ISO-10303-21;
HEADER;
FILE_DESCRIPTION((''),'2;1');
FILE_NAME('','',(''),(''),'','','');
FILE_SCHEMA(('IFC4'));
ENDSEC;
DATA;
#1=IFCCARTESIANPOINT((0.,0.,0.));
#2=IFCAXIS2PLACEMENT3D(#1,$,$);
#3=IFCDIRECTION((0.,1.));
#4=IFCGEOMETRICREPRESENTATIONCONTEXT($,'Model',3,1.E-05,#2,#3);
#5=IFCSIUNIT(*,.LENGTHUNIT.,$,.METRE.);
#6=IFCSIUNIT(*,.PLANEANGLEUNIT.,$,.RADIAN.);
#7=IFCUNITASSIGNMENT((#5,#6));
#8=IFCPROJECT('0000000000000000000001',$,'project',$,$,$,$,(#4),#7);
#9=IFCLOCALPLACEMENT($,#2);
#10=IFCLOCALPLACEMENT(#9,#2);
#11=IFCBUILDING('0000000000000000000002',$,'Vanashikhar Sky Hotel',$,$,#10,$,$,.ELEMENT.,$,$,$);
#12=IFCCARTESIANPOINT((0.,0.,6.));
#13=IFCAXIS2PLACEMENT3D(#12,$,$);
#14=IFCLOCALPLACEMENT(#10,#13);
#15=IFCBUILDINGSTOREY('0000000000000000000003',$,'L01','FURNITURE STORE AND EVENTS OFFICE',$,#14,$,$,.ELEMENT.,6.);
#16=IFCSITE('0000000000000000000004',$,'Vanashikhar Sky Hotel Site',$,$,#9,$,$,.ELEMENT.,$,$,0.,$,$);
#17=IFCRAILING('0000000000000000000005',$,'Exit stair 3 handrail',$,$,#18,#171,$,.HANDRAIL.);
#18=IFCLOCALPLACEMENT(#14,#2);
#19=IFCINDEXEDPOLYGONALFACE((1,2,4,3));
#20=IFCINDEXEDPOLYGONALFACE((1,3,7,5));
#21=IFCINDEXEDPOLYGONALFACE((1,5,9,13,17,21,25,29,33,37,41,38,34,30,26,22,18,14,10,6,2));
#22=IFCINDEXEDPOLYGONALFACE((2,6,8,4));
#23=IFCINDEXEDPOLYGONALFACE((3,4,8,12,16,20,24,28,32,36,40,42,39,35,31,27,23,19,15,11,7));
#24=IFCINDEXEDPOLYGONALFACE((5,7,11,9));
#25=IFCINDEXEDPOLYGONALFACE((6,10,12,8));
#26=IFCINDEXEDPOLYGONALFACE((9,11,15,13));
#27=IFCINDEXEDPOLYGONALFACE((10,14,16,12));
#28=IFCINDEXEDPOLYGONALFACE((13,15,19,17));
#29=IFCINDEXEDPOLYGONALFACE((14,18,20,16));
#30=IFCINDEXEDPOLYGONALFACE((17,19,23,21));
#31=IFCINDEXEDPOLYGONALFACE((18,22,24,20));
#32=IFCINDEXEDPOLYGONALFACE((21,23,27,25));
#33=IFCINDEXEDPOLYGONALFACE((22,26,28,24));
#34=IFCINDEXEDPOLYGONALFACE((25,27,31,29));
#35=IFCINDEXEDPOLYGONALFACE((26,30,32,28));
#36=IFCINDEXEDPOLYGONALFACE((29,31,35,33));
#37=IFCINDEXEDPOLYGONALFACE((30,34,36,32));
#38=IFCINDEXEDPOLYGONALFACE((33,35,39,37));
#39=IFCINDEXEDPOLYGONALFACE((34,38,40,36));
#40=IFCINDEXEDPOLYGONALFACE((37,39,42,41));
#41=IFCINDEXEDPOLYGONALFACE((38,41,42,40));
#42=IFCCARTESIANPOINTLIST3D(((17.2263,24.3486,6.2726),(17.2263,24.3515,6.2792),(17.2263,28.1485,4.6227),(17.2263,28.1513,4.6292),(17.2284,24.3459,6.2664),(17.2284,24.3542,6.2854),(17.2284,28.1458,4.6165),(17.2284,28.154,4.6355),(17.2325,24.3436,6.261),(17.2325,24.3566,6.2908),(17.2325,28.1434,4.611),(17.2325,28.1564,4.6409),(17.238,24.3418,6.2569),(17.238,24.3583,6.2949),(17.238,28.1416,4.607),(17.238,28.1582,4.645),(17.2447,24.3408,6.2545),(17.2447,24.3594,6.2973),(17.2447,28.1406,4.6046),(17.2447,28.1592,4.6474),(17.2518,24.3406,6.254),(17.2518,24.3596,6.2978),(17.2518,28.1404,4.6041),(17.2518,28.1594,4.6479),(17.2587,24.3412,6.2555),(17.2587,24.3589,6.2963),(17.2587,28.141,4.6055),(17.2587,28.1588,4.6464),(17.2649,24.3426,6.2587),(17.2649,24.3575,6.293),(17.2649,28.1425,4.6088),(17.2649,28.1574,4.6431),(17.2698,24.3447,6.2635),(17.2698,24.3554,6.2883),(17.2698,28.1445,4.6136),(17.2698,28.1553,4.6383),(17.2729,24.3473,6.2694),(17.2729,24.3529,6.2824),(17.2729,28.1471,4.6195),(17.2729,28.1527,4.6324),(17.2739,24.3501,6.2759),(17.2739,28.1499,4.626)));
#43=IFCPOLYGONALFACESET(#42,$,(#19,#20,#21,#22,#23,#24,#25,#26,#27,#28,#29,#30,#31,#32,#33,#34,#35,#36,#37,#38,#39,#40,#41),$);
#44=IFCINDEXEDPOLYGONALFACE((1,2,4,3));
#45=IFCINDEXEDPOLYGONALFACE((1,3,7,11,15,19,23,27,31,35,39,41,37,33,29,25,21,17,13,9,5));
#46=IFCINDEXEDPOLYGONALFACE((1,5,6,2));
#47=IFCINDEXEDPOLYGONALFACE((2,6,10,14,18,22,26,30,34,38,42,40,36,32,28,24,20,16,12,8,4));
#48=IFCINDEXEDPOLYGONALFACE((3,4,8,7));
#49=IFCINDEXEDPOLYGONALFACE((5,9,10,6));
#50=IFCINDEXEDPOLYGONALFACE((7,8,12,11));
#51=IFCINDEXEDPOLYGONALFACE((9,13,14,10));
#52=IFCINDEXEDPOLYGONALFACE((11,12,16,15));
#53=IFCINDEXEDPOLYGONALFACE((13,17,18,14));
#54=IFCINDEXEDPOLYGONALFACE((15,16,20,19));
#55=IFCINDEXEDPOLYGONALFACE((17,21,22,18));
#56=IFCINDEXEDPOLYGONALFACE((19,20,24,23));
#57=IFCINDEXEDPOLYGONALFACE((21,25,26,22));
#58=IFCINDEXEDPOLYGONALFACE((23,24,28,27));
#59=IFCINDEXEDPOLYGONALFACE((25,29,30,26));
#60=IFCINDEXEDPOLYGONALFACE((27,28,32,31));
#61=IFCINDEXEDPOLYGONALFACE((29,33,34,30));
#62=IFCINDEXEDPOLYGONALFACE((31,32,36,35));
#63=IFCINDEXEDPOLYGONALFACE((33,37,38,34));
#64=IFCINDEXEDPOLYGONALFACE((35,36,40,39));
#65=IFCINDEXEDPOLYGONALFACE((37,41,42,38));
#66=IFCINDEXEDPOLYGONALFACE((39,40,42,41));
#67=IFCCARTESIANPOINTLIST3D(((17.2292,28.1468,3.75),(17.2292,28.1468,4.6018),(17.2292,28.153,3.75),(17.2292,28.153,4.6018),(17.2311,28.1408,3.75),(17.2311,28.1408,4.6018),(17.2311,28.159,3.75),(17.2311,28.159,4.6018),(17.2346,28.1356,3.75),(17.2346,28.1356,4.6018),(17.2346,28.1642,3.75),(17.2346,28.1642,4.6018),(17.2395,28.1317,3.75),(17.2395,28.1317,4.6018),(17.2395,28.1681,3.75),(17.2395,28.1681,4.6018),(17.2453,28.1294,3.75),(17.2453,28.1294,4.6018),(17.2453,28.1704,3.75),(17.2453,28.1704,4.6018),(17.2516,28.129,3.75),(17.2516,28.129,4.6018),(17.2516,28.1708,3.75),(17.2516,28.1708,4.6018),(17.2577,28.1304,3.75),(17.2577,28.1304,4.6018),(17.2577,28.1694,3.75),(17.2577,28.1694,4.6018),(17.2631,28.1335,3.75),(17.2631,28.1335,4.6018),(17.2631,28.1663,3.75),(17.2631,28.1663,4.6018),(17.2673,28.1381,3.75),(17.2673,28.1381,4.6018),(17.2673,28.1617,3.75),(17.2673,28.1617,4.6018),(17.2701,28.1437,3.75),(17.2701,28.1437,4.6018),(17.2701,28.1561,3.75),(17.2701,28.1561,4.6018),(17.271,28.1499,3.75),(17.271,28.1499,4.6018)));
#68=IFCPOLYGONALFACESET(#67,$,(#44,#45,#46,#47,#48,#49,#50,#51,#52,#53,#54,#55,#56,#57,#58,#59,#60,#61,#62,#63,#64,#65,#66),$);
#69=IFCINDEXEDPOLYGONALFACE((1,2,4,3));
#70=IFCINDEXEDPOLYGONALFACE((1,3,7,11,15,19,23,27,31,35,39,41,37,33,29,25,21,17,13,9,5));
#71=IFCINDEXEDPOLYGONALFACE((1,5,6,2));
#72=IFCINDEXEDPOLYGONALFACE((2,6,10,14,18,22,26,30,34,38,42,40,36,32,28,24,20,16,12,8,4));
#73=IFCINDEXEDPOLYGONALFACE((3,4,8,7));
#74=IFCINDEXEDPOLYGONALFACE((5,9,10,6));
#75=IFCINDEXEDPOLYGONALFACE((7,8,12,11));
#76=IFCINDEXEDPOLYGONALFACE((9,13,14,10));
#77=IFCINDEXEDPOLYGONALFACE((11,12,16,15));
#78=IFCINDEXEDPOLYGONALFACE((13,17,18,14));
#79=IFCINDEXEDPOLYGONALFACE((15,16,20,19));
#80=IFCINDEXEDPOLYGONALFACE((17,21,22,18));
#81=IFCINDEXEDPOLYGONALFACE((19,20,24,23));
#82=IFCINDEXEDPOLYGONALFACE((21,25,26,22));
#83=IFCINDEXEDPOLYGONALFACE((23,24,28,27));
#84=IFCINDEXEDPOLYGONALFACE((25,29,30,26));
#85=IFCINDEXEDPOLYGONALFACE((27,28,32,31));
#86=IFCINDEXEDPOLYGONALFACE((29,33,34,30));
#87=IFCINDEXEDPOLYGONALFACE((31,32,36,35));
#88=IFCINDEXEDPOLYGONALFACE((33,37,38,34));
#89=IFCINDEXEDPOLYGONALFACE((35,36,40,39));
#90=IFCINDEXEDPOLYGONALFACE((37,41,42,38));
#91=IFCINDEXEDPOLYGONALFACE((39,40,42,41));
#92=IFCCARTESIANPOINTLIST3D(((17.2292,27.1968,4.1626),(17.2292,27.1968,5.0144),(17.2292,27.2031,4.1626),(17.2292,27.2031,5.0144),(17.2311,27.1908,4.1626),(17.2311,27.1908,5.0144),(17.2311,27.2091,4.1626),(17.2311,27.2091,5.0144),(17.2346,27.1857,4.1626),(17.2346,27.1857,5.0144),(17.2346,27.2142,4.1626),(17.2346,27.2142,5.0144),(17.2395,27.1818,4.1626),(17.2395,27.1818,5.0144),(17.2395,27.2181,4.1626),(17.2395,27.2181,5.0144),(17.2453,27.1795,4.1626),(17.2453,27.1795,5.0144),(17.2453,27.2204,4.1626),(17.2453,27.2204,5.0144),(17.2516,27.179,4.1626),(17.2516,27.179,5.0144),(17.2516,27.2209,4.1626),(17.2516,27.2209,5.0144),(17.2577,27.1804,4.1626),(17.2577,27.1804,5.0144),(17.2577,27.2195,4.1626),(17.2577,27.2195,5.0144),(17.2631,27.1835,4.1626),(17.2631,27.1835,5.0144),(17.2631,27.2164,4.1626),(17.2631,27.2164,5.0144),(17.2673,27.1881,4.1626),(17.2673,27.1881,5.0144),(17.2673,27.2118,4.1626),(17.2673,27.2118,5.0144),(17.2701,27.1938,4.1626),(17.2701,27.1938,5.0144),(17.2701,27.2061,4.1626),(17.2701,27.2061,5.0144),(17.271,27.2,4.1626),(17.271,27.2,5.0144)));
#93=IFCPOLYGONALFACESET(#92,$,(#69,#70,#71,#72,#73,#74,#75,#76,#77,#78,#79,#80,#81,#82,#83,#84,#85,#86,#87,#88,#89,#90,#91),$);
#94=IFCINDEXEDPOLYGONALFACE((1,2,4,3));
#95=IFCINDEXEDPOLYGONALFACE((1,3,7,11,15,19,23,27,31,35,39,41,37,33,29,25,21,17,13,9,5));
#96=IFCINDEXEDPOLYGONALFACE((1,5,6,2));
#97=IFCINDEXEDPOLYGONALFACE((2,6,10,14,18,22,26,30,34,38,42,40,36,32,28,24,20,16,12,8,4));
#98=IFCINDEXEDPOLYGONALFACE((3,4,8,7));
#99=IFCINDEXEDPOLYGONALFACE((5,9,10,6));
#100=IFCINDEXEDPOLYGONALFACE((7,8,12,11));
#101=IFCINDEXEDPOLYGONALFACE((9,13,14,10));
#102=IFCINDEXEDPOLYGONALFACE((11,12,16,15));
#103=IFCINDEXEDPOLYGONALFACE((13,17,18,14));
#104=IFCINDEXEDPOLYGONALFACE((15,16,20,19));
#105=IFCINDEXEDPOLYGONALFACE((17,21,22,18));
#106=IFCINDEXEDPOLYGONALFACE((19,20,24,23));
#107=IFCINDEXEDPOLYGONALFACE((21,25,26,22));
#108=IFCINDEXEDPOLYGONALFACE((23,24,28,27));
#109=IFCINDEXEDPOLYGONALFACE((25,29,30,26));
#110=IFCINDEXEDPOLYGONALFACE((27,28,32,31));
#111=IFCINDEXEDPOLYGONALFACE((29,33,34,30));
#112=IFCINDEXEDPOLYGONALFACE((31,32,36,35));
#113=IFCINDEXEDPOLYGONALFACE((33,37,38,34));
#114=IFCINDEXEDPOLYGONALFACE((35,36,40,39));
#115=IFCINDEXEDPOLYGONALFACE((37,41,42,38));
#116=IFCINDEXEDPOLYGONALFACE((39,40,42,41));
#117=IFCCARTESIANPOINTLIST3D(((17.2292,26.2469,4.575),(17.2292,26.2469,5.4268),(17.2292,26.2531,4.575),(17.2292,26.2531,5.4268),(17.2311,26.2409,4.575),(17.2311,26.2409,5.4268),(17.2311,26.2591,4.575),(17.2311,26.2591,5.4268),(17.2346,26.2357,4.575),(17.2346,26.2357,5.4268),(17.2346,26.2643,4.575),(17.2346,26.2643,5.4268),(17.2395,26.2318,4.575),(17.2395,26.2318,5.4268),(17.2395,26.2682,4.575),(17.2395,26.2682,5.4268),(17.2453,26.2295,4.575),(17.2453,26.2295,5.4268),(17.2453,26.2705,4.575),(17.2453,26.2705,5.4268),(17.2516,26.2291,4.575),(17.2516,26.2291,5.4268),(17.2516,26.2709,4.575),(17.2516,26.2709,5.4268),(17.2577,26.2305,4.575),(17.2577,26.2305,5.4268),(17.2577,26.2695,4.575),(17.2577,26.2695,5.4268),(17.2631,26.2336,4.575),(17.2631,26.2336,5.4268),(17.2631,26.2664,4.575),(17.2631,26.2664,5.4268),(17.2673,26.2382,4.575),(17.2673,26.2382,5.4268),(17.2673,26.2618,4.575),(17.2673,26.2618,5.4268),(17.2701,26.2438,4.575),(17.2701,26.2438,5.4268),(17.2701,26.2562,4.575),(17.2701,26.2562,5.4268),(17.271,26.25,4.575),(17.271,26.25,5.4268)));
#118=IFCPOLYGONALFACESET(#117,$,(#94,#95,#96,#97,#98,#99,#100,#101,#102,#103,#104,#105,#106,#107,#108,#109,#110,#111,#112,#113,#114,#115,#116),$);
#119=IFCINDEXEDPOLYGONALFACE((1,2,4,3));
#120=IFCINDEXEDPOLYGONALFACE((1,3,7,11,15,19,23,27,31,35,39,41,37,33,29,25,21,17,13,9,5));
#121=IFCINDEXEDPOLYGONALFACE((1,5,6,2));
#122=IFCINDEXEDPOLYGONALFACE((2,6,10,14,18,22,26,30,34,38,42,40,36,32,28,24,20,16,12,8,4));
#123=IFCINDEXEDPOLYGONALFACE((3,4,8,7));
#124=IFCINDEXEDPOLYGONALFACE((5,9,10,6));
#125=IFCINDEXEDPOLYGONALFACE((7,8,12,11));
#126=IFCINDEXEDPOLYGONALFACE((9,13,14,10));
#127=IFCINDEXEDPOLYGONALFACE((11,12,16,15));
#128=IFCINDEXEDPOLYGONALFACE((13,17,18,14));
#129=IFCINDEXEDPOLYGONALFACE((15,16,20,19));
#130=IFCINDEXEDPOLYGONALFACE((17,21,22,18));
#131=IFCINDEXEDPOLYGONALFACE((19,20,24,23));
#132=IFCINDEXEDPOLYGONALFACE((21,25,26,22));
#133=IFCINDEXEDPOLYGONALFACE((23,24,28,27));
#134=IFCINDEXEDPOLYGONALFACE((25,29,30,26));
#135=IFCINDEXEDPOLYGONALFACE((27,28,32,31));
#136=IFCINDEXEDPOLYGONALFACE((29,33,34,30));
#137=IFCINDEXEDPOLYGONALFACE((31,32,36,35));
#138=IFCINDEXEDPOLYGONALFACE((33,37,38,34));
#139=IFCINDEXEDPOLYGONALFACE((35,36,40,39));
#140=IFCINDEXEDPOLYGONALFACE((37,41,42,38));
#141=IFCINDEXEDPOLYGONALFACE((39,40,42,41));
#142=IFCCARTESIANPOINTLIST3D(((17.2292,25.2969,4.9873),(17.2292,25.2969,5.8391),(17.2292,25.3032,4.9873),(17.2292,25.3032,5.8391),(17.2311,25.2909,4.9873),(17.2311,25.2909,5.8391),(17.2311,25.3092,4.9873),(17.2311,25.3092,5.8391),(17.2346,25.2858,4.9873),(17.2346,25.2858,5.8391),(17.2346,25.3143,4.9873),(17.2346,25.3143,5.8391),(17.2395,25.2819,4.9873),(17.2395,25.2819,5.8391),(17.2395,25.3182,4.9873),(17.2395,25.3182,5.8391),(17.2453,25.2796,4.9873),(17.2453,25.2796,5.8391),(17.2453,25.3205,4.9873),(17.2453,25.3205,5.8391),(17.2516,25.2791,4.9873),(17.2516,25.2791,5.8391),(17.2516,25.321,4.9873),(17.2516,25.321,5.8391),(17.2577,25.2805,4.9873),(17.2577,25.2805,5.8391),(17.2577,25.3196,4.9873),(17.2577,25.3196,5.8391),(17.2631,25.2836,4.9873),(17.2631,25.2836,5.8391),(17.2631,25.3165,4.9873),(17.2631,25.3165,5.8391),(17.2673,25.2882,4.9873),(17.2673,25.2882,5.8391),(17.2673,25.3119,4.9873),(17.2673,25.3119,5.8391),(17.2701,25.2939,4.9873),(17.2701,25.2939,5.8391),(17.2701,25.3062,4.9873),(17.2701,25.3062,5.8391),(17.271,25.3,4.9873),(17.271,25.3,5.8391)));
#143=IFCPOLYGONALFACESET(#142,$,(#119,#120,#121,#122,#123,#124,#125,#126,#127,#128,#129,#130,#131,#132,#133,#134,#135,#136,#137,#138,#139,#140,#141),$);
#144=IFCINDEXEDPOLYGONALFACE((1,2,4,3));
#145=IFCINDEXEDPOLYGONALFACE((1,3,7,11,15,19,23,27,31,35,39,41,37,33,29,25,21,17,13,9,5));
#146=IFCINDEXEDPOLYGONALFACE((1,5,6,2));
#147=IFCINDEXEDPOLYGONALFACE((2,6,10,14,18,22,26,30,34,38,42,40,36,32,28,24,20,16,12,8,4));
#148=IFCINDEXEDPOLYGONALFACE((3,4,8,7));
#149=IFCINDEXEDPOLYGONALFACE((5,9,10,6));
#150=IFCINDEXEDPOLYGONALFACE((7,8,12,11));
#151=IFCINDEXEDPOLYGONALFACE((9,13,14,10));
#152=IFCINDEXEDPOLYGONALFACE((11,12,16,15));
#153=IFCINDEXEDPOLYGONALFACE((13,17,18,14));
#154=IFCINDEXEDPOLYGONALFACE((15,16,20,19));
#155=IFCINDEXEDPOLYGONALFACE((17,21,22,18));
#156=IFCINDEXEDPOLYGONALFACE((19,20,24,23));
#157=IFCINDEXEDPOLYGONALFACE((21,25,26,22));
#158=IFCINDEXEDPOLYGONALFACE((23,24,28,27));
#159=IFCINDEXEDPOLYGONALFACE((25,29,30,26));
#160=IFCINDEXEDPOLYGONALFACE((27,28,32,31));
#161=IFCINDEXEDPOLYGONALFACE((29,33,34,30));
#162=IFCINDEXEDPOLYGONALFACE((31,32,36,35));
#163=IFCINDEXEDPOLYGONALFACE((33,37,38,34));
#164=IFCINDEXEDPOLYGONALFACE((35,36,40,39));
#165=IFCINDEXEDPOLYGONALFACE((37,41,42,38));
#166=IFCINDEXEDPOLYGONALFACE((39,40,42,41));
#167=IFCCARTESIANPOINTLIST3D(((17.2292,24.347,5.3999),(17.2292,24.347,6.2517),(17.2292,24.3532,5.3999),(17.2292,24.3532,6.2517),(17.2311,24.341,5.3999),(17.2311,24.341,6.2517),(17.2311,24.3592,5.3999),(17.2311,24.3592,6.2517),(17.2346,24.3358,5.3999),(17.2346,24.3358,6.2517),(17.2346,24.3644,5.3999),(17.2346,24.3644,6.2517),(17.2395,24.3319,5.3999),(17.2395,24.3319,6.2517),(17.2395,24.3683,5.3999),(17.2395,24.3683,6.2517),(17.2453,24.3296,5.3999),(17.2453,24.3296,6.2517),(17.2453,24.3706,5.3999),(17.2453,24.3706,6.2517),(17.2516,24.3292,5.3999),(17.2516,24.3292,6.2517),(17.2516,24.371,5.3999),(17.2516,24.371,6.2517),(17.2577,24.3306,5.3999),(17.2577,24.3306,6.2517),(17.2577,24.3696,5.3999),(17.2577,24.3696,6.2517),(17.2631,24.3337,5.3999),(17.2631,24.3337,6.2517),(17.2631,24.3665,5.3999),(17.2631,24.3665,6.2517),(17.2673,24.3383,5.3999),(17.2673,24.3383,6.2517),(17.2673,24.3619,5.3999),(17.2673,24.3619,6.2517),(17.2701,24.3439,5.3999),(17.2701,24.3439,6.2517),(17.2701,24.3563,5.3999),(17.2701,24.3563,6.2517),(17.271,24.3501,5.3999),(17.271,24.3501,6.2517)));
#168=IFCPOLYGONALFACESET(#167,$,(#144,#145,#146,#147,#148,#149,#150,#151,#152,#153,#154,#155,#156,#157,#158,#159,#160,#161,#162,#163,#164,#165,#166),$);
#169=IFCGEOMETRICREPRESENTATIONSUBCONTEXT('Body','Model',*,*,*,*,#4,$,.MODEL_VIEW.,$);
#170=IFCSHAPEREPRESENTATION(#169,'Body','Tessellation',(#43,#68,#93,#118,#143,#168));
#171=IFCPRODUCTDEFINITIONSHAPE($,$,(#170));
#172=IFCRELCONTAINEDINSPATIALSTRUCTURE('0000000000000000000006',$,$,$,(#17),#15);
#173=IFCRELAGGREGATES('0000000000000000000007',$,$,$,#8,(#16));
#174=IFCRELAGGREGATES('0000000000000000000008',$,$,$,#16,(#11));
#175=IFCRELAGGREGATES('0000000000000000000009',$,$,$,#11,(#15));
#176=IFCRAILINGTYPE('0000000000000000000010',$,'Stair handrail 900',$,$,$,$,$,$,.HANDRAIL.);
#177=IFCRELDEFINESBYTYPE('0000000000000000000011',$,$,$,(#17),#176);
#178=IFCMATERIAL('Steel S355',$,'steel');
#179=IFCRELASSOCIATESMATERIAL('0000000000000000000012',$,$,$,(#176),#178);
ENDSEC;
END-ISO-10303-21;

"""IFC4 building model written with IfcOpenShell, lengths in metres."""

from ifc_helpers import new_model, si_unit, direction, frame, origin, origin_2d, place, context, subcontext, project, spatial, circle, extrude, source, transform, mapped, material, type_object, element, save


model = new_model("IFC4")

# Units and contexts
model_context = context("Model", 3, precision=1e-05, world=origin(), true_north=direction((0.0, 1.0)))
body_context = subcontext(model_context, "Body", "Model", "MODEL_VIEW")
ifc_project = project(units=[si_unit("LENGTHUNIT", "METRE"), si_unit("PLANEANGLEUNIT", "RADIAN")], contexts=[model_context])

# Site, building, storey
site_placement = place(None, origin())
site = spatial("IfcSite", under=ifc_project, at=site_placement, Name="Vanashikhar Sky Hotel Site", CompositionType="ELEMENT", RefElevation=0.0)
building_placement = place(site_placement, origin())
building = spatial("IfcBuilding", under=site, at=building_placement, Name="Vanashikhar Sky Hotel", CompositionType="ELEMENT")
storey_placement = place(building_placement, frame((0.0, 0.0, 6.0)))
storey = spatial("IfcBuildingStorey", under=building, at=storey_placement, Name="L01", Description="FURNITURE STORE AND EVENTS OFFICE", CompositionType="ELEMENT", Elevation=6.0)

# Railing
ifc_material_1 = material(Name="Steel S355", Category="steel")
railing_type_1 = type_object("IfcRailingType", Name="Stair handrail 900", PredefinedType="HANDRAIL", material=ifc_material_1)
shared_shape_1 = source(origin(), body_context, "Body", "SweptSolid", [
    extrude(circle(Radius=0.0239, at=origin_2d()), frame((0.0, 0.0, 0.876), z_axis=(0.0, -0.917263, 0.398282), x_axis=(1.0, 0.0, 0.0)), (0.0, 0.0, 1.0), 4.1426),
    extrude(circle(Radius=0.021, at=origin_2d()), origin(), (0.0, 0.0, 1.0), 0.8518),
    extrude(circle(Radius=0.021, at=origin_2d()), frame((0.0, -0.95, 0.4126)), (0.0, 0.0, 1.0), 0.8518),
    extrude(circle(Radius=0.021, at=origin_2d()), frame((0.0, -1.8999, 0.825)), (0.0, 0.0, 1.0), 0.8518),
    extrude(circle(Radius=0.021, at=origin_2d()), frame((0.0, -2.8499, 1.2373)), (0.0, 0.0, 1.0), 0.8518),
    extrude(circle(Radius=0.021, at=origin_2d()), frame((0.0, -3.7998, 1.6499)), (0.0, 0.0, 1.0), 0.8518),
])
railing_1_placement = place(storey_placement, frame((17.25, 28.1499, 3.75)))
element("IfcRailing", 1, at=railing_1_placement, inside=storey, type_object=railing_type_1, Name="Exit stair 3 handrail", PredefinedType="HANDRAIL", context=body_context, shape_type="MappedRepresentation", body=[
    mapped(shared_shape_1, transform((0.0, 0.0, 0.0), scale=1.0)),
])

save(model, "model.ifc")
